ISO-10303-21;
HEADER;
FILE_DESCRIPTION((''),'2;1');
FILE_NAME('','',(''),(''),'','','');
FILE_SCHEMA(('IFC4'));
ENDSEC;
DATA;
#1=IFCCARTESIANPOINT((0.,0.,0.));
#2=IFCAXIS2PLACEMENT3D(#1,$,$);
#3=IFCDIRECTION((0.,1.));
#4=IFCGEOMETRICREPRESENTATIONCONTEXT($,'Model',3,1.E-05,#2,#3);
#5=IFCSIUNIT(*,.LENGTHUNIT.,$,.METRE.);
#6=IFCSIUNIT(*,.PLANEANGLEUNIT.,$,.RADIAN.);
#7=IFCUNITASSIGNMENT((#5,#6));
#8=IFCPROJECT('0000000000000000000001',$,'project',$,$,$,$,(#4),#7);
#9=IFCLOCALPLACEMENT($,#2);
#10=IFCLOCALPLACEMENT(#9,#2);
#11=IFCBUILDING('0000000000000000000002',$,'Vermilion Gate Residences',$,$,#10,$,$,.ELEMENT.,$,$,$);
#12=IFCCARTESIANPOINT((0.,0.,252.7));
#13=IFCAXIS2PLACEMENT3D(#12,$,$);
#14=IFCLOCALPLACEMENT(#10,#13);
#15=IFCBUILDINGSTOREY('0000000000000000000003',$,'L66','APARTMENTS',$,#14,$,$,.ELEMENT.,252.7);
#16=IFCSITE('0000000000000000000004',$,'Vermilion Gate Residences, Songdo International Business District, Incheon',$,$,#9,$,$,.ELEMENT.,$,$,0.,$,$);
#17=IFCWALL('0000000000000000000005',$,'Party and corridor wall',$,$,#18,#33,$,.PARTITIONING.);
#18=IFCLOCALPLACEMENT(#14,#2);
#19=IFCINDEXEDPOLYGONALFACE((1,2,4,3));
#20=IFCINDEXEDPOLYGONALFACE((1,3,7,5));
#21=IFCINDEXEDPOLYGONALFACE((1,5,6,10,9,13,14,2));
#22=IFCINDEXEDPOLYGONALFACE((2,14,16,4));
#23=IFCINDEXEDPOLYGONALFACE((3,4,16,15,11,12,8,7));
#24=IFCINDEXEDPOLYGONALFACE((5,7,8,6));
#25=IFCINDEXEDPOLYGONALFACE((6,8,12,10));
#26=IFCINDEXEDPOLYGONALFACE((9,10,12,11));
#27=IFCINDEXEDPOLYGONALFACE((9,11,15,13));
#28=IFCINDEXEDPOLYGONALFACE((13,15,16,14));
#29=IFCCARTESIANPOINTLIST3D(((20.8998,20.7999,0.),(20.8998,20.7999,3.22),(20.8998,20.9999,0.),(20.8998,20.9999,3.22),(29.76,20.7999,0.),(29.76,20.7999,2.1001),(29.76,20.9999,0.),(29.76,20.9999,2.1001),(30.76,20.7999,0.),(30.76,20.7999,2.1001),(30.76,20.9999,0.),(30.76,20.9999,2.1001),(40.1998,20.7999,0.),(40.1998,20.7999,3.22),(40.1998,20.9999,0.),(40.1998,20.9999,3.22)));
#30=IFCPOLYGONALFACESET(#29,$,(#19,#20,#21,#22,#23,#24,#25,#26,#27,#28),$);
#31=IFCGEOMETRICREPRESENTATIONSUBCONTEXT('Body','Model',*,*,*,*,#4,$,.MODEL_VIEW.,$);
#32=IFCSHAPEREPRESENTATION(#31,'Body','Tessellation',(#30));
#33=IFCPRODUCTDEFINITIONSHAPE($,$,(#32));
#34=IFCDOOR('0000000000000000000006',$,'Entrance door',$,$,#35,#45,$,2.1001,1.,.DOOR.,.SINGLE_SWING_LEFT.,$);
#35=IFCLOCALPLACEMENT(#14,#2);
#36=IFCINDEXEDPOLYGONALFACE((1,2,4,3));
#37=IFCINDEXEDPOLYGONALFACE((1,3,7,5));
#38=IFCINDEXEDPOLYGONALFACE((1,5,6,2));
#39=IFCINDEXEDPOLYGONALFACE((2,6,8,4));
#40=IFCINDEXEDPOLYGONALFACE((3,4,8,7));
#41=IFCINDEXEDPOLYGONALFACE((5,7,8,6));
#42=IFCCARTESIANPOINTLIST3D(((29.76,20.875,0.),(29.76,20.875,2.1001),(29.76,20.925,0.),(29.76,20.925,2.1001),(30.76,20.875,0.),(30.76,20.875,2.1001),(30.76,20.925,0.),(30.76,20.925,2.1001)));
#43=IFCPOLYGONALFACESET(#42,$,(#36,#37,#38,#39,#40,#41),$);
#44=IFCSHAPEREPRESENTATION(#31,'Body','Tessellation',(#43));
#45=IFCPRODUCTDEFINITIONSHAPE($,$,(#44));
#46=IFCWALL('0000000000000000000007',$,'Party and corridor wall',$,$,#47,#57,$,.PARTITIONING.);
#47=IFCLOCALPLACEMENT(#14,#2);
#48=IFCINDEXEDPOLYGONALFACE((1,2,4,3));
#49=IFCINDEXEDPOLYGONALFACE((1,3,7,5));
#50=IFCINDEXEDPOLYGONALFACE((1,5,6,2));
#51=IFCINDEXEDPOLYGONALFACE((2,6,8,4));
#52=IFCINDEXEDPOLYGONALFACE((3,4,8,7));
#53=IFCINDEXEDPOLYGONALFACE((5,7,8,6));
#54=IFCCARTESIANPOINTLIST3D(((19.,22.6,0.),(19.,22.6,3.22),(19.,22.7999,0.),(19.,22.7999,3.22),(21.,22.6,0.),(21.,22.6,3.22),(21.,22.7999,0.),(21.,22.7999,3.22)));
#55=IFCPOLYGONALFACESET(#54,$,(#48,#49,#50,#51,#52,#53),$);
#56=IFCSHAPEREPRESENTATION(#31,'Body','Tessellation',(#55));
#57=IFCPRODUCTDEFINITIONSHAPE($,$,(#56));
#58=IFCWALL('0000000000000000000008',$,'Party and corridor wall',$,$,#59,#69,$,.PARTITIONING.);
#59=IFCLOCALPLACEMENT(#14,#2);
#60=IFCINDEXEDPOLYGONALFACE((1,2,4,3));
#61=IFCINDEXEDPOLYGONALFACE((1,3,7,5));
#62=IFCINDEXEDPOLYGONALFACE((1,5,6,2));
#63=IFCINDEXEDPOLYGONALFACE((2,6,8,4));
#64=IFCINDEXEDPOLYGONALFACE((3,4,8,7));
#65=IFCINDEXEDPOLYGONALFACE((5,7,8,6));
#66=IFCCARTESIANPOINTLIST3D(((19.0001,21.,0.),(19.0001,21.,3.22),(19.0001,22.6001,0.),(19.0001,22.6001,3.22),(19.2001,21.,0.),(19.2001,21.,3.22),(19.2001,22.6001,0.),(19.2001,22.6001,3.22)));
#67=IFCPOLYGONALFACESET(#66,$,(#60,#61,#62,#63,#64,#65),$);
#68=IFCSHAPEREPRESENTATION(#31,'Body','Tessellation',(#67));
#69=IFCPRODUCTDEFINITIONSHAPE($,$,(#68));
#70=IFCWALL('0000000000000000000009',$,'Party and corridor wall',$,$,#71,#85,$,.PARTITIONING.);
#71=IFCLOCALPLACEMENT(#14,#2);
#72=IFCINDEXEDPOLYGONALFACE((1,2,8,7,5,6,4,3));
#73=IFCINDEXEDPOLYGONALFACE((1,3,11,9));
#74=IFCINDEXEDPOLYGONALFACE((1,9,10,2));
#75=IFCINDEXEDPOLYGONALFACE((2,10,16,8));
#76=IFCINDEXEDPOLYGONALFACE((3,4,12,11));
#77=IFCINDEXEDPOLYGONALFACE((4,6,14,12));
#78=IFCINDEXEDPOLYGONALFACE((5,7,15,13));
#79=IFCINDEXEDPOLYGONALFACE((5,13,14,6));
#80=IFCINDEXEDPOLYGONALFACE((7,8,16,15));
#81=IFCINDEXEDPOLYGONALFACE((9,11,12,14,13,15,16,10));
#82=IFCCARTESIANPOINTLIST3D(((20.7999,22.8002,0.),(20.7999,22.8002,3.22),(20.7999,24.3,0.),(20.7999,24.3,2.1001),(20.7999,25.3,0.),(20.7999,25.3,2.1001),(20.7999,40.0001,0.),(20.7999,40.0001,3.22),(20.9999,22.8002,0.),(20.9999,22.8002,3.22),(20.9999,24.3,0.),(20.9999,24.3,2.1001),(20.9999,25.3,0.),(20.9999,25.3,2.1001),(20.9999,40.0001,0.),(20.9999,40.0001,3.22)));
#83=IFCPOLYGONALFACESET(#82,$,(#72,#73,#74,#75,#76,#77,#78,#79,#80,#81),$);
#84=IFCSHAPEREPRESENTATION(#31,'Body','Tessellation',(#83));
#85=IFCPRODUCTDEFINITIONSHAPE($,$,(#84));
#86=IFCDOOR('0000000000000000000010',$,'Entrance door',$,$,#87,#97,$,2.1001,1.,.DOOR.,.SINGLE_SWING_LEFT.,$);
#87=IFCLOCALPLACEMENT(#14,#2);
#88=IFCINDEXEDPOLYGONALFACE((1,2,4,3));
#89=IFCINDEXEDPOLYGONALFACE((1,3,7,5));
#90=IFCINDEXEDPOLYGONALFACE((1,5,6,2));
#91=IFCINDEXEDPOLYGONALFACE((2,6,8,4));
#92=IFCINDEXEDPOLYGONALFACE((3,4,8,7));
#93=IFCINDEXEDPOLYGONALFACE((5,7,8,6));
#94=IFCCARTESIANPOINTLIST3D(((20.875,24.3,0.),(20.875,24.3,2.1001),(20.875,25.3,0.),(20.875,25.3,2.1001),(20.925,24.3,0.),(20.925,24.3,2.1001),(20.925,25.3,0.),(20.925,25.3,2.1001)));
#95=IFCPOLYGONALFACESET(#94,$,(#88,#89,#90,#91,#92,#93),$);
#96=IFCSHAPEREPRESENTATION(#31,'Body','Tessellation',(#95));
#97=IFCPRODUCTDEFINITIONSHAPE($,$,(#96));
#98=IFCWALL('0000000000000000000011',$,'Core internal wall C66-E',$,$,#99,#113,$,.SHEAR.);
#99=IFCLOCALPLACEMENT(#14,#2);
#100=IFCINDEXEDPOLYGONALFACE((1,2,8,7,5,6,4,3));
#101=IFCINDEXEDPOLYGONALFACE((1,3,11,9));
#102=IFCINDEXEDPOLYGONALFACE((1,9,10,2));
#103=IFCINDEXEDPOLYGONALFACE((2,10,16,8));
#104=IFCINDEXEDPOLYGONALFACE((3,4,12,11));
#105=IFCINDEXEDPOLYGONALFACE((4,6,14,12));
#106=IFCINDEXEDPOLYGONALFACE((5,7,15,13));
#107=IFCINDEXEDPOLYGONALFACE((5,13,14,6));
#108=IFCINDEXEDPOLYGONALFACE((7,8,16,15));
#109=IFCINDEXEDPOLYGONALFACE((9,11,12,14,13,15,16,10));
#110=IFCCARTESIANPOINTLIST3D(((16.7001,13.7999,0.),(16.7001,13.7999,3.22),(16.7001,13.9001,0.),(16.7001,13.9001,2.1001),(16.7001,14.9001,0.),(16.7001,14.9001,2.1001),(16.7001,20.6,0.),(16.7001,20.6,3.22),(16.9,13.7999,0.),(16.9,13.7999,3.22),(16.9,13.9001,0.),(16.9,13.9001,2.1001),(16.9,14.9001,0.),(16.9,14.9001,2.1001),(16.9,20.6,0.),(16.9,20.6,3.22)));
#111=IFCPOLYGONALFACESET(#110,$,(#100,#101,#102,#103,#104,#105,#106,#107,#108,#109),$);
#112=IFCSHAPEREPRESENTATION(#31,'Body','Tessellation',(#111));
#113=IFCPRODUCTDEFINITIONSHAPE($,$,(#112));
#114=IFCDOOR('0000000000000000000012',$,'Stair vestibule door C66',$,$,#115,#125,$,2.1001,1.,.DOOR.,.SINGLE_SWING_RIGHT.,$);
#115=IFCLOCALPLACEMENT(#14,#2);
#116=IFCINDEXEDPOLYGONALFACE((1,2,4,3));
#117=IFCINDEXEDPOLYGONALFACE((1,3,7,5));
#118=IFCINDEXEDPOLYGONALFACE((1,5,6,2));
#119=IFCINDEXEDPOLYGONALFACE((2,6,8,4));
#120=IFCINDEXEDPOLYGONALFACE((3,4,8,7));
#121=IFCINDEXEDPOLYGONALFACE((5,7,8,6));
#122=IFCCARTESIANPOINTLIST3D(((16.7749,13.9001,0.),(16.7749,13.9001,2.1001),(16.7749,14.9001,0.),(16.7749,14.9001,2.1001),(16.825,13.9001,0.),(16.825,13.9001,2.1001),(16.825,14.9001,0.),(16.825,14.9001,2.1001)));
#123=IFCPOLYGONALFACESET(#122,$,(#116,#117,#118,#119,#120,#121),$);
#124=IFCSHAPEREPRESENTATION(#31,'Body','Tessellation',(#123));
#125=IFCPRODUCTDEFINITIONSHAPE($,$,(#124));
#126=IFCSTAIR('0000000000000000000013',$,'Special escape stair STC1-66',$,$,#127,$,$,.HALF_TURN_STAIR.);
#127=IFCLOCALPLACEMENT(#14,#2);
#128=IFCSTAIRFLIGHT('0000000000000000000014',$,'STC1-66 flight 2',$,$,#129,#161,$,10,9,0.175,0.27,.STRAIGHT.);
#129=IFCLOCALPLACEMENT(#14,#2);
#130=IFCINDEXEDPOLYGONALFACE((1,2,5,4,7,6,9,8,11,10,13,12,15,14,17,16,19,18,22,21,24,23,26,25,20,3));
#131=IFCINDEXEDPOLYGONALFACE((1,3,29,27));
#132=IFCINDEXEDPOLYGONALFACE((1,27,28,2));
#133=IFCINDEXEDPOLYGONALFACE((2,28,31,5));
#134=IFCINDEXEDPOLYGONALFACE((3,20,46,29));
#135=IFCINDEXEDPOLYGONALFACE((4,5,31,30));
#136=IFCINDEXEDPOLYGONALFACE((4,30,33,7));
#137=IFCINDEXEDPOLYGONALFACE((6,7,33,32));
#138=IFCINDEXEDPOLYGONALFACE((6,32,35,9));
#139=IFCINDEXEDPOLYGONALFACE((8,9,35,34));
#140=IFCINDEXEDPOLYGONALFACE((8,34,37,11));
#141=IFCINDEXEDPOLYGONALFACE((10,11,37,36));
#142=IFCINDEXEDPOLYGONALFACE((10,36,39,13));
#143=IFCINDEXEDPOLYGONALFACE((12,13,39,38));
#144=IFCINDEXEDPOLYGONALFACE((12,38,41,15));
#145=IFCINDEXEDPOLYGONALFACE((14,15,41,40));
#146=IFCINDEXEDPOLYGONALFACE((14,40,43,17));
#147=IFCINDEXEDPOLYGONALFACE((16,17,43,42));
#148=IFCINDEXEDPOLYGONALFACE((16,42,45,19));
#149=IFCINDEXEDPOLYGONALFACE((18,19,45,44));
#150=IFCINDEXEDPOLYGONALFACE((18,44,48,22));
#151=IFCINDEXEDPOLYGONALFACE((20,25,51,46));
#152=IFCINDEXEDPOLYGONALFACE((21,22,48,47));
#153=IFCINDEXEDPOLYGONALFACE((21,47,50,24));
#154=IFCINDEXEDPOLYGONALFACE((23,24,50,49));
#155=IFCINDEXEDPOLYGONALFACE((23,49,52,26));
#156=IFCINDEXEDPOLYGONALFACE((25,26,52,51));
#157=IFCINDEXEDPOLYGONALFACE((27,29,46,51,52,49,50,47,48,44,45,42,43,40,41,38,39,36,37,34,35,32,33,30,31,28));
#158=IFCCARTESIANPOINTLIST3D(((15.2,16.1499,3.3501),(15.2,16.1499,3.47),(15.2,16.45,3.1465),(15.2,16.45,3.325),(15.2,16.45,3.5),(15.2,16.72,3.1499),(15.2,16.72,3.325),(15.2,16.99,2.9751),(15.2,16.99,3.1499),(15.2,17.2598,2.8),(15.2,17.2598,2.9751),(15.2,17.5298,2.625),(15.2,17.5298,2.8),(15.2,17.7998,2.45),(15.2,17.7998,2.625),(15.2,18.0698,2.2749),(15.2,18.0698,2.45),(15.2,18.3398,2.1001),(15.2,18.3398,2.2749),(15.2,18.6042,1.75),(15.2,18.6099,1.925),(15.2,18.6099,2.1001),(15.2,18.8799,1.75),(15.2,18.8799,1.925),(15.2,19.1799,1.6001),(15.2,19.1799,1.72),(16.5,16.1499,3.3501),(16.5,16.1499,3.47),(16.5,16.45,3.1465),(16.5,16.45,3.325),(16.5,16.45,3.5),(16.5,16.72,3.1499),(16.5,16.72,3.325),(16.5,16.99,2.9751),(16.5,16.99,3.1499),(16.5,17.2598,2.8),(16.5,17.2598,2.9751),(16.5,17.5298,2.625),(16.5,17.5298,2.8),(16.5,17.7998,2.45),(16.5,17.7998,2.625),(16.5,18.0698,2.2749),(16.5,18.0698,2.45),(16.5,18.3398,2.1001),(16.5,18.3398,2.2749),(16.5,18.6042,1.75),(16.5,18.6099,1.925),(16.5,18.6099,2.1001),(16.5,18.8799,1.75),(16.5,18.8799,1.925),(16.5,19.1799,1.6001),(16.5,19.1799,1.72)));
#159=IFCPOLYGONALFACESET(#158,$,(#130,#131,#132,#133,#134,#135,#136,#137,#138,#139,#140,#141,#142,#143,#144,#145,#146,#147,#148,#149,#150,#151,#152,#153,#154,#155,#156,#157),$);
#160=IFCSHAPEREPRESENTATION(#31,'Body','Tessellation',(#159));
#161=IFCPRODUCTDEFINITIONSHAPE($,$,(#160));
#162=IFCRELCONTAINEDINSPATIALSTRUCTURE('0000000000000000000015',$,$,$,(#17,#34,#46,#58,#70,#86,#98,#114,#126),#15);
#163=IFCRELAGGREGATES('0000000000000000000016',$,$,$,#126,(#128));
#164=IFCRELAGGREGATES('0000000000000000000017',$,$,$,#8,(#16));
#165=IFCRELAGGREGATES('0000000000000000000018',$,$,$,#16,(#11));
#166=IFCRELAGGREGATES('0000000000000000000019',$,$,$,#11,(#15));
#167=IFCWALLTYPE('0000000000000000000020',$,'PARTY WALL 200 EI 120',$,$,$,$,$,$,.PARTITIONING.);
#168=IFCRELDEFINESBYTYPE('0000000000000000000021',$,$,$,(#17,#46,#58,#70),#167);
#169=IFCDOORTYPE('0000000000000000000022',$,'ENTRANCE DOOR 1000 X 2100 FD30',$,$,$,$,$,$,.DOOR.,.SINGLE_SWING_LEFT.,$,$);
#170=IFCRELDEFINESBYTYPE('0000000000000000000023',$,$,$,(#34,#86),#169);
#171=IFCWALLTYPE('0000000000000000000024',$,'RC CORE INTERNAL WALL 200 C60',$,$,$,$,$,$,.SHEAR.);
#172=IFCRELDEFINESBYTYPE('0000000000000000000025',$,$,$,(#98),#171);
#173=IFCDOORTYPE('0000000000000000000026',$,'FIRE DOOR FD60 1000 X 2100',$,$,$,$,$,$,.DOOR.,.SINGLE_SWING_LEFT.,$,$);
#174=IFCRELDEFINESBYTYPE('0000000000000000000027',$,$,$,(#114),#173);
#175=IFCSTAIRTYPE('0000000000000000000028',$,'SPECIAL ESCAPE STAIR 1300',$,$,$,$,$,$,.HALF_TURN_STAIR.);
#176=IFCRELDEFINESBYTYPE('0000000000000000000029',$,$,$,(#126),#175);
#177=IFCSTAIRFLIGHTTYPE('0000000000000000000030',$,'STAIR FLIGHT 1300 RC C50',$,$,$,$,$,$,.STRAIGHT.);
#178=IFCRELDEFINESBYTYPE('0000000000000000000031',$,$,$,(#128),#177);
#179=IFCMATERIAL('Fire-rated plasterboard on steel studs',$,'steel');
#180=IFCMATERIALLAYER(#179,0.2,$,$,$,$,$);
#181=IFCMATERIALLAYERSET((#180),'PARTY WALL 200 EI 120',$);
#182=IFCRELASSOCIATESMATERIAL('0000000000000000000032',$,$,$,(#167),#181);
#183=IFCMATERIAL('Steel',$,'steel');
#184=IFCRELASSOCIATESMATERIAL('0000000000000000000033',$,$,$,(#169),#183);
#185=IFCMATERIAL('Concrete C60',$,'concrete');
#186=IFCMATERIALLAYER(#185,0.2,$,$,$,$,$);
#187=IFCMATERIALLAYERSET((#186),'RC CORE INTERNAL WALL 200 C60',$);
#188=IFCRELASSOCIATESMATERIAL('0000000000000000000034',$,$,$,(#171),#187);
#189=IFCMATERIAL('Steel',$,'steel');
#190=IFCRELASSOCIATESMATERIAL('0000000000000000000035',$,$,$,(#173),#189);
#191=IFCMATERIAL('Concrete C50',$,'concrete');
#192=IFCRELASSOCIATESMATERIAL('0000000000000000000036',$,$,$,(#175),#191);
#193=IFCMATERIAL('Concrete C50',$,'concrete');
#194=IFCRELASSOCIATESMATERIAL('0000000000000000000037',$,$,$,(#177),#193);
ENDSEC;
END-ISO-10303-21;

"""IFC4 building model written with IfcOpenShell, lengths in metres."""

from ifc_helpers import new_model, si_unit, direction, frame, frame_2d, origin, place, context, subcontext, project, spatial, polyline, rectangle, outline, extrude, material, layer, layer_set, type_object, element, fill, aggregate, save


model = new_model("IFC4")

# Units and contexts
model_context = context("Model", 3, precision=1e-05, world=origin(), true_north=direction((0.0, 1.0)))
body_context = subcontext(model_context, "Body", "Model", "MODEL_VIEW")
ifc_project = project(units=[si_unit("LENGTHUNIT", "METRE"), si_unit("PLANEANGLEUNIT", "RADIAN")], contexts=[model_context])

# Site, building, storey
site_placement = place(None, origin())
site = spatial("IfcSite", under=ifc_project, at=site_placement, Name="Vermilion Gate Residences, Songdo International Business District, Incheon", CompositionType="ELEMENT", RefElevation=0.0)
building_placement = place(site_placement, origin())
building = spatial("IfcBuilding", under=site, at=building_placement, Name="Vermilion Gate Residences", CompositionType="ELEMENT")
storey_placement = place(building_placement, frame((0.0, 0.0, 252.7)))
storey = spatial("IfcBuildingStorey", under=building, at=storey_placement, Name="L66", Description="APARTMENTS", CompositionType="ELEMENT", Elevation=252.7)

# Wall, opening, door
ifc_material_1 = material(Name="Fire-rated plasterboard on steel studs", Category="steel")
ifc_layer_1 = layer(ifc_material_1, 0.2)
ifc_layer_set_1 = layer_set([ifc_layer_1], Name="PARTY WALL 200 EI 120")
wall_type_1 = type_object("IfcWallType", Name="PARTY WALL 200 EI 120", PredefinedType="PARTITIONING", material=ifc_layer_set_1)
ifc_material_2 = material(Name="Steel", Category="steel")
door_type_1 = type_object("IfcDoorType", Name="ENTRANCE DOOR 1000 X 2100 FD30", OperationType="SINGLE_SWING_LEFT", PredefinedType="DOOR", material=ifc_material_2)
wall_1_placement = place(storey_placement, frame((20.8999, 20.8999, 0.0), z_axis=(0.0, 0.0, 1.0), x_axis=(1.0, 0.0, 0.0)))
wall_1 = element("IfcWall", 1, at=wall_1_placement, inside=storey, type_object=wall_type_1, Name="Party and corridor wall", PredefinedType="PARTITIONING", context=body_context, shape_type="SweptSolid", body=[
    extrude(rectangle(XDim=19.3, YDim=0.2, at=frame_2d((9.6499, 0.0))), origin(), (0.0, 0.0, 1.0), 3.22),
])
opening_1_placement = place(wall_1_placement, frame((8.8601, 0.0, 0.0)))
opening_1 = element("IfcOpeningElement", 2, at=opening_1_placement, cuts=wall_1, PredefinedType="OPENING", context=body_context, shape_type="SweptSolid", body=[
    extrude(rectangle(XDim=1.0, YDim=2.1001, at=frame_2d((0.5, 1.05))), frame((0.0, 0.1099, 0.0), z_axis=(0.0, -1.0, 0.0), x_axis=(1.0, 0.0, 0.0)), (0.0, 0.0, 1.0), 0.22),
])
door_1_placement = place(opening_1_placement, frame((1.0, 0.0, 0.0), z_axis=(0.0, 0.0, 1.0), x_axis=(-1.0, 0.0, 0.0)))
door_1 = element("IfcDoor", 3, at=door_1_placement, inside=storey, type_object=door_type_1, Name="Entrance door", OperationType="SINGLE_SWING_LEFT", OverallHeight=2.1001, OverallWidth=1.0, PredefinedType="DOOR", context=body_context, shape_type="SweptSolid", body=[
    extrude(rectangle(XDim=1.0, YDim=2.1001, at=frame_2d((0.5, 1.05))), frame((0.0, 0.0249, 0.0), z_axis=(0.0, -1.0, 0.0), x_axis=(1.0, 0.0, 0.0)), (0.0, 0.0, 1.0), 0.05),
])
fill(opening_1, door_1)

# Walls
wall_2_placement = place(storey_placement, frame((19.0, 22.7, 0.0), z_axis=(0.0, 0.0, 1.0), x_axis=(1.0, 0.0, 0.0)))
element("IfcWall", 4, at=wall_2_placement, inside=storey, type_object=wall_type_1, Name="Party and corridor wall", PredefinedType="PARTITIONING", context=body_context, shape_type="SweptSolid", body=[
    extrude(rectangle(XDim=2.0, YDim=0.2, at=frame_2d((1.0, 0.0))), origin(), (0.0, 0.0, 1.0), 3.22),
])
wall_3_placement = place(storey_placement, frame((19.1001, 21.0, 0.0), z_axis=(0.0, 0.0, 1.0), x_axis=(0.0, 1.0, 0.0)))
element("IfcWall", 5, at=wall_3_placement, inside=storey, type_object=wall_type_1, Name="Party and corridor wall", PredefinedType="PARTITIONING", context=body_context, shape_type="SweptSolid", body=[
    extrude(rectangle(XDim=1.6001, YDim=0.2, at=frame_2d((0.8, 0.0))), origin(), (0.0, 0.0, 1.0), 3.22),
])

# Walls, openings, doors
wall_4_placement = place(storey_placement, frame((20.8999, 22.8, 0.0), z_axis=(0.0, 0.0, 1.0), x_axis=(0.0, 1.0, 0.0)))
wall_4 = element("IfcWall", 6, at=wall_4_placement, inside=storey, type_object=wall_type_1, Name="Party and corridor wall", PredefinedType="PARTITIONING", context=body_context, shape_type="SweptSolid", body=[
    extrude(rectangle(XDim=17.2, YDim=0.2, at=frame_2d((8.6001, 0.0))), origin(), (0.0, 0.0, 1.0), 3.22),
])
opening_2_placement = place(wall_4_placement, frame((1.5, 0.0, 0.0)))
opening_2 = element("IfcOpeningElement", 7, at=opening_2_placement, cuts=wall_4, PredefinedType="OPENING", context=body_context, shape_type="SweptSolid", body=[
    extrude(rectangle(XDim=1.0, YDim=2.1001, at=frame_2d((0.5, 1.05))), frame((0.0, 0.1099, 0.0), z_axis=(0.0, -1.0, 0.0), x_axis=(1.0, 0.0, 0.0)), (0.0, 0.0, 1.0), 0.22),
])
door_2_placement = place(opening_2_placement, origin())
door_2 = element("IfcDoor", 8, at=door_2_placement, inside=storey, type_object=door_type_1, Name="Entrance door", OperationType="SINGLE_SWING_LEFT", OverallHeight=2.1001, OverallWidth=1.0, PredefinedType="DOOR", context=body_context, shape_type="SweptSolid", body=[
    extrude(rectangle(XDim=1.0, YDim=2.1001, at=frame_2d((0.5, 1.05))), frame((0.0, 0.0249, 0.0), z_axis=(0.0, -1.0, 0.0), x_axis=(1.0, 0.0, 0.0)), (0.0, 0.0, 1.0), 0.05),
])
fill(opening_2, door_2)
ifc_material_3 = material(Name="Concrete C60", Category="concrete")
ifc_layer_2 = layer(ifc_material_3, 0.2)
ifc_layer_set_2 = layer_set([ifc_layer_2], Name="RC CORE INTERNAL WALL 200 C60")
wall_type_2 = type_object("IfcWallType", Name="RC CORE INTERNAL WALL 200 C60", PredefinedType="SHEAR", material=ifc_layer_set_2)
wall_5_placement = place(storey_placement, frame((16.8, 13.8, 0.0), z_axis=(0.0, 0.0, 1.0), x_axis=(0.0, 1.0, 0.0)))
wall_5 = element("IfcWall", 9, at=wall_5_placement, inside=storey, type_object=wall_type_2, Name="Core internal wall C66-E", PredefinedType="SHEAR", context=body_context, shape_type="SweptSolid", body=[
    extrude(rectangle(XDim=6.8, YDim=0.2, at=frame_2d((3.3999, 0.0))), origin(), (0.0, 0.0, 1.0), 3.22),
])
opening_3_placement = place(wall_5_placement, frame((0.1001, 0.0, 0.0)))
opening_3 = element("IfcOpeningElement", 10, at=opening_3_placement, cuts=wall_5, PredefinedType="OPENING", context=body_context, shape_type="SweptSolid", body=[
    extrude(rectangle(XDim=1.0, YDim=2.1001, at=frame_2d((0.5, 1.05))), frame((0.0, 0.1099, 0.0), z_axis=(0.0, -1.0, 0.0), x_axis=(1.0, 0.0, 0.0)), (0.0, 0.0, 1.0), 0.22),
])
ifc_material_4 = material(Name="Steel", Category="steel")
door_type_2 = type_object("IfcDoorType", Name="FIRE DOOR FD60 1000 X 2100", OperationType="SINGLE_SWING_LEFT", PredefinedType="DOOR", material=ifc_material_4)
door_3_placement = place(opening_3_placement, frame((1.0, 0.0, 0.0), z_axis=(0.0, 0.0, 1.0), x_axis=(-1.0, 0.0, 0.0)))
door_3 = element("IfcDoor", 11, at=door_3_placement, inside=storey, type_object=door_type_2, Name="Stair vestibule door C66", OperationType="SINGLE_SWING_RIGHT", OverallHeight=2.1001, OverallWidth=1.0, PredefinedType="DOOR", context=body_context, shape_type="SweptSolid", body=[
    extrude(rectangle(XDim=1.0, YDim=2.1001, at=frame_2d((0.5, 1.05))), frame((0.0, 0.0249, 0.0), z_axis=(0.0, -1.0, 0.0), x_axis=(1.0, 0.0, 0.0)), (0.0, 0.0, 1.0), 0.05),
])
fill(opening_3, door_3)

# Stair, stair flight
ifc_material_5 = material(Name="Concrete C50", Category="concrete")
stair_type = type_object("IfcStairType", Name="SPECIAL ESCAPE STAIR 1300", PredefinedType="HALF_TURN_STAIR", material=ifc_material_5)
stair_placement = place(storey_placement, origin())
stair = element("IfcStair", 12, at=stair_placement, inside=storey, type_object=stair_type, Name="Special escape stair STC1-66", PredefinedType="HALF_TURN_STAIR")
ifc_material_6 = material(Name="Concrete C50", Category="concrete")
stair_flight_type = type_object("IfcStairFlightType", Name="STAIR FLIGHT 1300 RC C50", PredefinedType="STRAIGHT", material=ifc_material_6)
stair_flight_placement = place(storey_placement, frame((15.8501, 18.8799, 1.75), z_axis=(0.0, 0.0, 1.0), x_axis=(0.0, -1.0, 0.0)))
stair_flight = element("IfcStairFlight", 13, at=stair_flight_placement, type_object=stair_flight_type, Name="STC1-66 flight 2", NumberOfRisers=10, NumberOfTreads=9, PredefinedType="STRAIGHT", RiserHeight=0.175, TreadLength=0.27, context=body_context, shape_type="SweptSolid", body=[
    extrude(outline(polyline([(-0.3, -0.1499), (-0.3, -0.03), (0.0, 0.0), (0.0, 0.175), (0.27, 0.175), (0.27, 0.3501), (0.54, 0.3501), (0.54, 0.5249), (0.8101, 0.5249), (0.8101, 0.7), (1.0801, 0.7), (1.0801, 0.875), (1.3501, 0.875), (1.3501, 1.05), (1.6201, 1.05), (1.6201, 1.2251), (1.8899, 1.2251), (1.8899, 1.3999), (2.1599, 1.3999), (2.1599, 1.575), (2.4299, 1.575), (2.4299, 1.75), (2.73, 1.72), (2.73, 1.6001), (2.4299, 1.3965), (0.2756, 0.0), (-0.3, -0.1499)])), frame((0.0, 0.6499, 0.0), z_axis=(0.0, -1.0, 0.0), x_axis=(1.0, 0.0, 0.0)), (0.0, 0.0, 1.0), 1.3),
])
aggregate(stair, [stair_flight])

save(model, "model.ifc")
